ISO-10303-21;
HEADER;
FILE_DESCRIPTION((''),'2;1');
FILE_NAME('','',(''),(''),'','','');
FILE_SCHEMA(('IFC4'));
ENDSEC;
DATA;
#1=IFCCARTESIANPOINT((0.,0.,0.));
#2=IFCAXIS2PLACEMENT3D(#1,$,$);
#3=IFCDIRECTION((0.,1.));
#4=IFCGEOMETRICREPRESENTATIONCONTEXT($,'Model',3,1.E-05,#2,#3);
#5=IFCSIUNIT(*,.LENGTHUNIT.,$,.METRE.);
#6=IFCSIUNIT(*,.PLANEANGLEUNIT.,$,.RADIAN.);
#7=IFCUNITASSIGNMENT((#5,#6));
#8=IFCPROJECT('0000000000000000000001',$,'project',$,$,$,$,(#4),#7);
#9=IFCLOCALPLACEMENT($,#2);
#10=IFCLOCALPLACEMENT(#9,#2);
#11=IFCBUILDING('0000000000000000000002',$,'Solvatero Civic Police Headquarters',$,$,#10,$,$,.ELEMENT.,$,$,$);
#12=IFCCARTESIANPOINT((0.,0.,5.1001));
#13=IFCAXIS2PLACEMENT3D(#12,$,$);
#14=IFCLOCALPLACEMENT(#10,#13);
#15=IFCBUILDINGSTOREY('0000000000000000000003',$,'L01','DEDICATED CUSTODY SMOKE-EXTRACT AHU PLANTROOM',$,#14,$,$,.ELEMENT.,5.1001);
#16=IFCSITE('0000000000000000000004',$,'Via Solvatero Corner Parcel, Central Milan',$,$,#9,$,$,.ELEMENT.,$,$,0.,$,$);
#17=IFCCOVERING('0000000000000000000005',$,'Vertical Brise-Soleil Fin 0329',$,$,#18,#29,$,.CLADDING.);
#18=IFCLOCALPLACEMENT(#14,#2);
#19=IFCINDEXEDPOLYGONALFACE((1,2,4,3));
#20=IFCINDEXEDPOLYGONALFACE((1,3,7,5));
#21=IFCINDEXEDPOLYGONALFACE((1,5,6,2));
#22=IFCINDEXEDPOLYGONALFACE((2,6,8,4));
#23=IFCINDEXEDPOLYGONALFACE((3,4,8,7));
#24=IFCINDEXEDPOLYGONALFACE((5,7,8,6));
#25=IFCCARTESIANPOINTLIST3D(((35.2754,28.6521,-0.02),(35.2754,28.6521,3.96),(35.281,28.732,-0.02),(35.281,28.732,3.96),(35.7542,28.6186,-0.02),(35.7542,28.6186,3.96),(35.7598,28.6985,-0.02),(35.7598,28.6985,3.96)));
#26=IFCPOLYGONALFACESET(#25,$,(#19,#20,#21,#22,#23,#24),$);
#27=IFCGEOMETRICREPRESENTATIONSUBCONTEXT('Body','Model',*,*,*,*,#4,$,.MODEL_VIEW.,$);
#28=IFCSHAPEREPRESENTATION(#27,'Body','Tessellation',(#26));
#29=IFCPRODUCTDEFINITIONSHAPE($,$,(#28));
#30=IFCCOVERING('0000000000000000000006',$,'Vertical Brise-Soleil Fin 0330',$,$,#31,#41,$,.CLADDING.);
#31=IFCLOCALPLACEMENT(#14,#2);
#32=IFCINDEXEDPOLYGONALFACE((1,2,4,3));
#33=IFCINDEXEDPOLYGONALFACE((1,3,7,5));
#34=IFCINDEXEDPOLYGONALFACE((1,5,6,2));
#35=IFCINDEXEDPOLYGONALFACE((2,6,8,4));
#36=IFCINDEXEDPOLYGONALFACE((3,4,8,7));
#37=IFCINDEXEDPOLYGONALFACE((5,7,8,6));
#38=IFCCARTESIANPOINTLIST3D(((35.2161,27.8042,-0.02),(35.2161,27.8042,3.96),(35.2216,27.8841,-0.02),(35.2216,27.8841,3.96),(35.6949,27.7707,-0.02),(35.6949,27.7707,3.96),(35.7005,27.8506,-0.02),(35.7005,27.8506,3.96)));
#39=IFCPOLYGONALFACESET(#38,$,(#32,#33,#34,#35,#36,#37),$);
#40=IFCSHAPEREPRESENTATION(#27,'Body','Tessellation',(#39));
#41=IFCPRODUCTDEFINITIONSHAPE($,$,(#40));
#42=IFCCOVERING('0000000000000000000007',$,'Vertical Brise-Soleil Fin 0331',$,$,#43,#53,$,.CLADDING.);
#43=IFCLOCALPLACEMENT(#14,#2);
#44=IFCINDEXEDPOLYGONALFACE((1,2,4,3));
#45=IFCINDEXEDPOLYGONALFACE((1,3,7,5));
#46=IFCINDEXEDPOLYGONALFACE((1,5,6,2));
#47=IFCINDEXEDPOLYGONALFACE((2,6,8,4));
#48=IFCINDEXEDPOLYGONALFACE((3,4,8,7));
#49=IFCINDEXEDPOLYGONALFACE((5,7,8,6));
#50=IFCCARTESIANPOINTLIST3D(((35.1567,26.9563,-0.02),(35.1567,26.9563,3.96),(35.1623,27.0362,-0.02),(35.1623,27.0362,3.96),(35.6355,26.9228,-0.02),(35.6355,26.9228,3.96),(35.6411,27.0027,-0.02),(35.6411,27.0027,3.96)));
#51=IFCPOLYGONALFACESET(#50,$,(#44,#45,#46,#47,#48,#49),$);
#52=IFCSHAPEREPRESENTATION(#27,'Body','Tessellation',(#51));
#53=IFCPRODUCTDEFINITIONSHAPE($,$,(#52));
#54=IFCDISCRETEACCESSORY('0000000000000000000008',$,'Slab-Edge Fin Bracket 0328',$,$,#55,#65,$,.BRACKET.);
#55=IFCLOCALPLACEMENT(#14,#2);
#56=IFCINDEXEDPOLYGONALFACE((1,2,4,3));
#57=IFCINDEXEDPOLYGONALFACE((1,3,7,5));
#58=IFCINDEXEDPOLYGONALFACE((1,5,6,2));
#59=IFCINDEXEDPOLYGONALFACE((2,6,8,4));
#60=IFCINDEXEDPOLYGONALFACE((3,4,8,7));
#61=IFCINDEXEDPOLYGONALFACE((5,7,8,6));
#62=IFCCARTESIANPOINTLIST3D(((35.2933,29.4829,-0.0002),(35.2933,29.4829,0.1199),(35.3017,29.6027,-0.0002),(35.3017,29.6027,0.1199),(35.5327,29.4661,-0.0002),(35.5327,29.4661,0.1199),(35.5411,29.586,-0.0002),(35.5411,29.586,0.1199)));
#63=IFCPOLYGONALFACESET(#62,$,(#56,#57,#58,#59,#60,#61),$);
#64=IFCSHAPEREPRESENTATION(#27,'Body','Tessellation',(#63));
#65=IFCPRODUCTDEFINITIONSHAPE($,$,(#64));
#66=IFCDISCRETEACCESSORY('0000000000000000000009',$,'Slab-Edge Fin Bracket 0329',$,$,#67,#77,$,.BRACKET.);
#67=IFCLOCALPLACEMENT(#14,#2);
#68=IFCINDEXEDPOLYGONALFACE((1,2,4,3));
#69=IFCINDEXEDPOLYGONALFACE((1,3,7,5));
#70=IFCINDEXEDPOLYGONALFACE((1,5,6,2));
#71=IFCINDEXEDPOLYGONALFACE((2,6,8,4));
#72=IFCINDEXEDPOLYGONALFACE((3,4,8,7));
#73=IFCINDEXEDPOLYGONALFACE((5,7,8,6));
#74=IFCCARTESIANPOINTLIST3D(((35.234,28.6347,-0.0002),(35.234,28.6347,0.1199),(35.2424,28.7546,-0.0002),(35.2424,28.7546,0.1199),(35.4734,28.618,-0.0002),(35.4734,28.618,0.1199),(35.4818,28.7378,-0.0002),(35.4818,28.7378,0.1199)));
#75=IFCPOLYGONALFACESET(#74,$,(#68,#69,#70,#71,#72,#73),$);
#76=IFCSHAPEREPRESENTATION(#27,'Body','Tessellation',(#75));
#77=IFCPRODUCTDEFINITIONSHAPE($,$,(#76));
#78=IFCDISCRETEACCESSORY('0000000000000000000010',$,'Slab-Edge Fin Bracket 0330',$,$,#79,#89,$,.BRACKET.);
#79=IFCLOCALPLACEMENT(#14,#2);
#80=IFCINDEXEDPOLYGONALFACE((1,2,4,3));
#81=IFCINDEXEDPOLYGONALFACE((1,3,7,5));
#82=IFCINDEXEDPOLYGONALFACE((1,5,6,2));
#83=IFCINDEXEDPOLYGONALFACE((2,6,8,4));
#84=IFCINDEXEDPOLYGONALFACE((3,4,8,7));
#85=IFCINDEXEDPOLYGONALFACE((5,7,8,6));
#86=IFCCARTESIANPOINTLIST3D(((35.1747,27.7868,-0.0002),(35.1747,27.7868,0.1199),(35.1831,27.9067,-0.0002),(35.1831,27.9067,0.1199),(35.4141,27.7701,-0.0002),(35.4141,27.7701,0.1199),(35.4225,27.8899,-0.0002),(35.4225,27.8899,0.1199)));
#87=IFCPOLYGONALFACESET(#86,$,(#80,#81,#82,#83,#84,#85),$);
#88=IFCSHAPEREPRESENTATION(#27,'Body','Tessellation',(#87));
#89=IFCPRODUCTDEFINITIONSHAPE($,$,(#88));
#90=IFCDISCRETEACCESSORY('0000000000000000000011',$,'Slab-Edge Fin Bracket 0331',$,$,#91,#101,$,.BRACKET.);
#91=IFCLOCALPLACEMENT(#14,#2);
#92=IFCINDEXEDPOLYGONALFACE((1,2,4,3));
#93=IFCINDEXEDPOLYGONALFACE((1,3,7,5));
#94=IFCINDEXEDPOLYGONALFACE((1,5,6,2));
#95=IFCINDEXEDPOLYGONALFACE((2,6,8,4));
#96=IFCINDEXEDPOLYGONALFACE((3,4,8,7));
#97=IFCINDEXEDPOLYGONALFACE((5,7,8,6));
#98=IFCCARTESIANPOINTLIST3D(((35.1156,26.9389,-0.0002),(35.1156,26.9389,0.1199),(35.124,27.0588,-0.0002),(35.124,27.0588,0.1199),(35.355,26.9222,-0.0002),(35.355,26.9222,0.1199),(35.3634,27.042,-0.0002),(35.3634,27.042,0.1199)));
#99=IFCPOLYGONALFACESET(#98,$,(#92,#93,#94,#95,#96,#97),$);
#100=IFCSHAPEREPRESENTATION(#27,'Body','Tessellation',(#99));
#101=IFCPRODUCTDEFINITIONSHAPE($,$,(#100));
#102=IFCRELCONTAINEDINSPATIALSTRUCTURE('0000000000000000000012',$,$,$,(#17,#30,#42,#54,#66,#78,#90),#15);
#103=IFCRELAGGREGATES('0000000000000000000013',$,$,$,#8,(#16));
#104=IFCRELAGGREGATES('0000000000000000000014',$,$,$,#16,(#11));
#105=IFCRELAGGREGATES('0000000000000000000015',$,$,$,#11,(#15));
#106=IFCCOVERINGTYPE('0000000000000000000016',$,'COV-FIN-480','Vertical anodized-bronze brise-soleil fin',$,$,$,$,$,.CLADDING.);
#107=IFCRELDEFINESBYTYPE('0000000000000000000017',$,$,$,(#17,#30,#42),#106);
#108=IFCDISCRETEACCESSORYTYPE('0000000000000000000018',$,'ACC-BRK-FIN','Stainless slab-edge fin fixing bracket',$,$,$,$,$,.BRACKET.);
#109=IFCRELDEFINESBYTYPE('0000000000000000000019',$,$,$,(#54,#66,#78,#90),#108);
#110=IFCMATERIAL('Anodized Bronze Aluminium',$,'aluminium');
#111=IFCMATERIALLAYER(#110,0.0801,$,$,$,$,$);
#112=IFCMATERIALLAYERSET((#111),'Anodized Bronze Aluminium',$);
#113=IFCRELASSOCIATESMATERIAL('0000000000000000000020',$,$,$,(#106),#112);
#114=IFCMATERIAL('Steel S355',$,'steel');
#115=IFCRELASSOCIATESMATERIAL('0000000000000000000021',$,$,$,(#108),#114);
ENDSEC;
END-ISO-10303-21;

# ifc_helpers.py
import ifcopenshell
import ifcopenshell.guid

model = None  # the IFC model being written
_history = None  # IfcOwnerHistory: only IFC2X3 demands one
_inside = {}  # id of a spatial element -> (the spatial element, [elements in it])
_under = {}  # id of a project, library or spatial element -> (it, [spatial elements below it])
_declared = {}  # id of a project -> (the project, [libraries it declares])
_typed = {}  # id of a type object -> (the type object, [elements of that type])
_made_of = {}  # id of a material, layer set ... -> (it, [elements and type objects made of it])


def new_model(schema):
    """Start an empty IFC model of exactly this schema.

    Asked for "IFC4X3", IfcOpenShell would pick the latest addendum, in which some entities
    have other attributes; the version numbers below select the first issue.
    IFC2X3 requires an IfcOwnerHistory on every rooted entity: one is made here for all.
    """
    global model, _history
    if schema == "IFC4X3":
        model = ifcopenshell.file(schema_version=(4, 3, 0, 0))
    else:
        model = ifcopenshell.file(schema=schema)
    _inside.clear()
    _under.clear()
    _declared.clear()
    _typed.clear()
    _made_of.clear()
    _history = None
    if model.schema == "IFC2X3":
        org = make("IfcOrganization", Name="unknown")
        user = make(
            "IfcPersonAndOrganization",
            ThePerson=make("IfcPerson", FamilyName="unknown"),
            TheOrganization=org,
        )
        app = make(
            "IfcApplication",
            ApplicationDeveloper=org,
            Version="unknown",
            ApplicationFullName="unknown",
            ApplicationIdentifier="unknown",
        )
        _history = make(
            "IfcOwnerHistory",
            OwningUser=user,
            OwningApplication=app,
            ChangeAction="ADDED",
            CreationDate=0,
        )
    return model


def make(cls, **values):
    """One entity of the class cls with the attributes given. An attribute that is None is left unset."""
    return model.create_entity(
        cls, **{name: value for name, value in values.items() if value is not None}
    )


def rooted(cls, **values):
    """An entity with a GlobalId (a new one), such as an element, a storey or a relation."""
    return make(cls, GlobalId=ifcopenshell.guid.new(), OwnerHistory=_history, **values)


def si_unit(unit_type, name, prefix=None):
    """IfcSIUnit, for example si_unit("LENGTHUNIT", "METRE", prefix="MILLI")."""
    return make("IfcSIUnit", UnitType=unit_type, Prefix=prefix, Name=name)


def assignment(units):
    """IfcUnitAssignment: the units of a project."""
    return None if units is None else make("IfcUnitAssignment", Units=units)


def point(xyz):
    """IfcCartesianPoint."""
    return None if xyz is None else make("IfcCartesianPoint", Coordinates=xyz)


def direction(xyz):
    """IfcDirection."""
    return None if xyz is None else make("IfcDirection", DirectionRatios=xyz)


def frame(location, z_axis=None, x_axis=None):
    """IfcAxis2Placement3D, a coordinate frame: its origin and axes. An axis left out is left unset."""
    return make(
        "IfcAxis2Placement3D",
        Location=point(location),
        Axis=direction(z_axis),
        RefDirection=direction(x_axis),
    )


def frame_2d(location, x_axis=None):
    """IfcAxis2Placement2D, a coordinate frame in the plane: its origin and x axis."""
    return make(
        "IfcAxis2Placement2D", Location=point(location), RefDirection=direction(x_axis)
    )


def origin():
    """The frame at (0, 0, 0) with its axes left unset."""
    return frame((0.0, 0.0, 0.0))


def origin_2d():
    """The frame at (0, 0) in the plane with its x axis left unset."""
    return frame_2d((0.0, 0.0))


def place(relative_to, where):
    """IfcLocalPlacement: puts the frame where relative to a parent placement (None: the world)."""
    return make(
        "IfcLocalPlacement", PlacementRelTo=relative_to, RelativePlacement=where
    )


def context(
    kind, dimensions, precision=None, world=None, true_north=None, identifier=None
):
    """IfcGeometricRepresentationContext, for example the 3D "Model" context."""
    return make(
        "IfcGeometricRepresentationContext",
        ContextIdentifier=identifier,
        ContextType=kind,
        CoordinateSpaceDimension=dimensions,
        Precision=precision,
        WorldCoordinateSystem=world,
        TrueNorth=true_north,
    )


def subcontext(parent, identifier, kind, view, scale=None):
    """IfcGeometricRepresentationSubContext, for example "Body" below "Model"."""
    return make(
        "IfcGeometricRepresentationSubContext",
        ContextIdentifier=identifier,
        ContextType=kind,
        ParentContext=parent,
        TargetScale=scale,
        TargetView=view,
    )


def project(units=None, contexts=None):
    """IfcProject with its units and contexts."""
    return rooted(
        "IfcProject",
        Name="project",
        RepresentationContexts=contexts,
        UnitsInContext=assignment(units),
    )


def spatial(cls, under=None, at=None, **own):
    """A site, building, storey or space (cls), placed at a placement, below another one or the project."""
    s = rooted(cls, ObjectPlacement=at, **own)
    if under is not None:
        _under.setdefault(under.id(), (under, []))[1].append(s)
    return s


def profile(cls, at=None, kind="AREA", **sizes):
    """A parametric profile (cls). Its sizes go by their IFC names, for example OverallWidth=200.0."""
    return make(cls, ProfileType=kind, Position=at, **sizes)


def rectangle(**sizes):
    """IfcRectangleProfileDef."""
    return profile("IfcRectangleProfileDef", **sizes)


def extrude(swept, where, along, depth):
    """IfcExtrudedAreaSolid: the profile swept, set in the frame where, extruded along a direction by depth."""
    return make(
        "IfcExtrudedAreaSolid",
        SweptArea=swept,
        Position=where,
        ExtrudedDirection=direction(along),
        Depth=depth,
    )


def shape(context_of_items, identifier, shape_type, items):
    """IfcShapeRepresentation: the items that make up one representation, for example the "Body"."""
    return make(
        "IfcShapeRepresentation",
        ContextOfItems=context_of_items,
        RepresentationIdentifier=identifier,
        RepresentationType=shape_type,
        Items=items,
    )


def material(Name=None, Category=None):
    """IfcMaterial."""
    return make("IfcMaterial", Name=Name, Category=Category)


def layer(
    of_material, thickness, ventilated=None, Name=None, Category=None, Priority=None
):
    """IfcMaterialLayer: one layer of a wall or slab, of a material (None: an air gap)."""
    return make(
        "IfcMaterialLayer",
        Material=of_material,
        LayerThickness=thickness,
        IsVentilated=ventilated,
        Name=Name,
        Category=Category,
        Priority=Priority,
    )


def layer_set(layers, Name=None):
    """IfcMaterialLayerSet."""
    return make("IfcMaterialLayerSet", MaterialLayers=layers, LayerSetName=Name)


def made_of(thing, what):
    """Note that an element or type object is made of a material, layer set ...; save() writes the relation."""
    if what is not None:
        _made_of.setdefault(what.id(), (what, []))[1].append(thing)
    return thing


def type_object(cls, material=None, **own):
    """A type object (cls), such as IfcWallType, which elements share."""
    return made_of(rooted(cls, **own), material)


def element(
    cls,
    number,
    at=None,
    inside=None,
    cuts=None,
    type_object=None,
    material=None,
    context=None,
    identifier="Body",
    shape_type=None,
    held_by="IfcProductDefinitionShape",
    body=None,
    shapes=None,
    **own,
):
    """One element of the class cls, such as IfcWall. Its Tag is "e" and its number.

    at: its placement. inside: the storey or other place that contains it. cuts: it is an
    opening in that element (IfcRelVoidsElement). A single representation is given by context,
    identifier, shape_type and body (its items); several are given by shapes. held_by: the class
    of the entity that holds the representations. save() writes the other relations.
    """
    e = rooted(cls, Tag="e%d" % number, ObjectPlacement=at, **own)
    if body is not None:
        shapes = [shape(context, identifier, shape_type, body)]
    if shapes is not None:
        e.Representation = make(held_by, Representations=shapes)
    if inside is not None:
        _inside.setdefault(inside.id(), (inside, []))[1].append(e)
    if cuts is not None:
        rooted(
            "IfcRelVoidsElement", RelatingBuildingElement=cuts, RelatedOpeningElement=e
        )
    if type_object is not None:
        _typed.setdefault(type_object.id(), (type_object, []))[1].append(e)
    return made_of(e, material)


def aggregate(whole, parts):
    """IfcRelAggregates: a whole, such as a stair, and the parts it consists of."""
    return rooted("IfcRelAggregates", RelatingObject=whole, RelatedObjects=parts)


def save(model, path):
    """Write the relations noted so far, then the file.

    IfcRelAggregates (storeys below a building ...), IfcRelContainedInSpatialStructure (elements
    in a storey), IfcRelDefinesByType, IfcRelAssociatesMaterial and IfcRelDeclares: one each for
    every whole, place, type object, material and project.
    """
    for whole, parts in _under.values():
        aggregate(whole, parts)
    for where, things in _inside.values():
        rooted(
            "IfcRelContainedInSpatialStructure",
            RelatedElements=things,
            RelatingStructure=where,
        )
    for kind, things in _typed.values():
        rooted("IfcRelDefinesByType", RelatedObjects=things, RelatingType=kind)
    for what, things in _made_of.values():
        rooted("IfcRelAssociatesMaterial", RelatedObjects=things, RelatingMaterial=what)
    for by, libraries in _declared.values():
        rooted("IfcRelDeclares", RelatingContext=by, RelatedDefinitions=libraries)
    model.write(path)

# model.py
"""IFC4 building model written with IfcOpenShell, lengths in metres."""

from ifc_helpers import new_model, si_unit, direction, frame, origin, origin_2d, place, context, subcontext, project, spatial, rectangle, extrude, material, layer, layer_set, type_object, element, save


model = new_model("IFC4")

# Units and contexts
model_context = context("Model", 3, precision=1e-05, world=origin(), true_north=direction((0.0, 1.0)))
body_context = subcontext(model_context, "Body", "Model", "MODEL_VIEW")
ifc_project = project(units=[si_unit("LENGTHUNIT", "METRE"), si_unit("PLANEANGLEUNIT", "RADIAN")], contexts=[model_context])

# Site, building, storey
site_placement = place(None, origin())
site = spatial("IfcSite", under=ifc_project, at=site_placement, Name="Via Solvatero Corner Parcel, Central Milan", CompositionType="ELEMENT", RefElevation=0.0)
building_placement = place(site_placement, origin())
building = spatial("IfcBuilding", under=site, at=building_placement, Name="Solvatero Civic Police Headquarters", CompositionType="ELEMENT")
storey_placement = place(building_placement, frame((0.0, 0.0, 5.1001)))
storey = spatial("IfcBuildingStorey", under=building, at=storey_placement, Name="L01", Description="DEDICATED CUSTODY SMOKE-EXTRACT AHU PLANTROOM", CompositionType="ELEMENT", Elevation=5.1001)

# Shared definitions
ifc_material_1 = material(Name="Steel S355", Category="steel")

# Shared definitions
ifc_material_2 = material(Name="Anodized Bronze Aluminium", Category="aluminium")

# Coverings
ifc_layer_1 = layer(ifc_material_2, 0.0801)
ifc_layer_set_1 = layer_set([ifc_layer_1], Name="Anodized Bronze Aluminium")
covering_type = type_object("IfcCoveringType", Name="COV-FIN-480", Description="Vertical anodized-bronze brise-soleil fin", PredefinedType="CLADDING", material=ifc_layer_set_1)
for number, where, z_axis, x_axis, name in (
    (1, (35.5176, 28.6753, -0.02), (0.0, 0.0, 1.0), (-0.069756, -0.997564, 0.0), "Vertical Brise-Soleil Fin 0329"),
    (2, (35.4583, 27.8274, -0.02), (0.0, 0.0, 1.0), (-0.069756, -0.997564, 0.0), "Vertical Brise-Soleil Fin 0330"),
    (3, (35.3989, 26.9795, -0.02), (0.0, 0.0, 1.0), (-0.069756, -0.997564, 0.0), "Vertical Brise-Soleil Fin 0331"),
):
    element("IfcCovering", number, at=place(storey_placement, frame(where, z_axis=z_axis, x_axis=x_axis)), inside=storey, type_object=covering_type, Name=name, PredefinedType="CLADDING", context=body_context, shape_type="SweptSolid", body=[
        extrude(rectangle(XDim=0.0801, YDim=0.48, at=origin_2d()), origin(), (0.0, 0.0, 1.0), 3.98),
    ])

# Discrete accessories
discrete_accessory_type = type_object("IfcDiscreteAccessoryType", Name="ACC-BRK-FIN", Description="Stainless slab-edge fin fixing bracket", PredefinedType="BRACKET", material=ifc_material_1)
for number, where, z_axis, x_axis, name in (
    (4, (35.4172, 29.5344, -0.0002), (0.0, 0.0, 1.0), (-0.069756, -0.997564, 0.0), "Slab-Edge Fin Bracket 0328"),
    (5, (35.3579, 28.6863, -0.0002), (0.0, 0.0, 1.0), (-0.069756, -0.997564, 0.0), "Slab-Edge Fin Bracket 0329"),
    (6, (35.2986, 27.8384, -0.0002), (0.0, 0.0, 1.0), (-0.069756, -0.997564, 0.0), "Slab-Edge Fin Bracket 0330"),
    (7, (35.2395, 26.9905, -0.0002), (0.0, 0.0, 1.0), (-0.069756, -0.997564, 0.0), "Slab-Edge Fin Bracket 0331"),
):
    element("IfcDiscreteAccessory", number, at=place(storey_placement, frame(where, z_axis=z_axis, x_axis=x_axis)), inside=storey, type_object=discrete_accessory_type, Name=name, PredefinedType="BRACKET", context=body_context, shape_type="SweptSolid", body=[
        extrude(rectangle(XDim=0.1201, YDim=0.24, at=origin_2d()), origin(), (0.0, 0.0, 1.0), 0.1201),
    ])

save(model, "model.ifc")
